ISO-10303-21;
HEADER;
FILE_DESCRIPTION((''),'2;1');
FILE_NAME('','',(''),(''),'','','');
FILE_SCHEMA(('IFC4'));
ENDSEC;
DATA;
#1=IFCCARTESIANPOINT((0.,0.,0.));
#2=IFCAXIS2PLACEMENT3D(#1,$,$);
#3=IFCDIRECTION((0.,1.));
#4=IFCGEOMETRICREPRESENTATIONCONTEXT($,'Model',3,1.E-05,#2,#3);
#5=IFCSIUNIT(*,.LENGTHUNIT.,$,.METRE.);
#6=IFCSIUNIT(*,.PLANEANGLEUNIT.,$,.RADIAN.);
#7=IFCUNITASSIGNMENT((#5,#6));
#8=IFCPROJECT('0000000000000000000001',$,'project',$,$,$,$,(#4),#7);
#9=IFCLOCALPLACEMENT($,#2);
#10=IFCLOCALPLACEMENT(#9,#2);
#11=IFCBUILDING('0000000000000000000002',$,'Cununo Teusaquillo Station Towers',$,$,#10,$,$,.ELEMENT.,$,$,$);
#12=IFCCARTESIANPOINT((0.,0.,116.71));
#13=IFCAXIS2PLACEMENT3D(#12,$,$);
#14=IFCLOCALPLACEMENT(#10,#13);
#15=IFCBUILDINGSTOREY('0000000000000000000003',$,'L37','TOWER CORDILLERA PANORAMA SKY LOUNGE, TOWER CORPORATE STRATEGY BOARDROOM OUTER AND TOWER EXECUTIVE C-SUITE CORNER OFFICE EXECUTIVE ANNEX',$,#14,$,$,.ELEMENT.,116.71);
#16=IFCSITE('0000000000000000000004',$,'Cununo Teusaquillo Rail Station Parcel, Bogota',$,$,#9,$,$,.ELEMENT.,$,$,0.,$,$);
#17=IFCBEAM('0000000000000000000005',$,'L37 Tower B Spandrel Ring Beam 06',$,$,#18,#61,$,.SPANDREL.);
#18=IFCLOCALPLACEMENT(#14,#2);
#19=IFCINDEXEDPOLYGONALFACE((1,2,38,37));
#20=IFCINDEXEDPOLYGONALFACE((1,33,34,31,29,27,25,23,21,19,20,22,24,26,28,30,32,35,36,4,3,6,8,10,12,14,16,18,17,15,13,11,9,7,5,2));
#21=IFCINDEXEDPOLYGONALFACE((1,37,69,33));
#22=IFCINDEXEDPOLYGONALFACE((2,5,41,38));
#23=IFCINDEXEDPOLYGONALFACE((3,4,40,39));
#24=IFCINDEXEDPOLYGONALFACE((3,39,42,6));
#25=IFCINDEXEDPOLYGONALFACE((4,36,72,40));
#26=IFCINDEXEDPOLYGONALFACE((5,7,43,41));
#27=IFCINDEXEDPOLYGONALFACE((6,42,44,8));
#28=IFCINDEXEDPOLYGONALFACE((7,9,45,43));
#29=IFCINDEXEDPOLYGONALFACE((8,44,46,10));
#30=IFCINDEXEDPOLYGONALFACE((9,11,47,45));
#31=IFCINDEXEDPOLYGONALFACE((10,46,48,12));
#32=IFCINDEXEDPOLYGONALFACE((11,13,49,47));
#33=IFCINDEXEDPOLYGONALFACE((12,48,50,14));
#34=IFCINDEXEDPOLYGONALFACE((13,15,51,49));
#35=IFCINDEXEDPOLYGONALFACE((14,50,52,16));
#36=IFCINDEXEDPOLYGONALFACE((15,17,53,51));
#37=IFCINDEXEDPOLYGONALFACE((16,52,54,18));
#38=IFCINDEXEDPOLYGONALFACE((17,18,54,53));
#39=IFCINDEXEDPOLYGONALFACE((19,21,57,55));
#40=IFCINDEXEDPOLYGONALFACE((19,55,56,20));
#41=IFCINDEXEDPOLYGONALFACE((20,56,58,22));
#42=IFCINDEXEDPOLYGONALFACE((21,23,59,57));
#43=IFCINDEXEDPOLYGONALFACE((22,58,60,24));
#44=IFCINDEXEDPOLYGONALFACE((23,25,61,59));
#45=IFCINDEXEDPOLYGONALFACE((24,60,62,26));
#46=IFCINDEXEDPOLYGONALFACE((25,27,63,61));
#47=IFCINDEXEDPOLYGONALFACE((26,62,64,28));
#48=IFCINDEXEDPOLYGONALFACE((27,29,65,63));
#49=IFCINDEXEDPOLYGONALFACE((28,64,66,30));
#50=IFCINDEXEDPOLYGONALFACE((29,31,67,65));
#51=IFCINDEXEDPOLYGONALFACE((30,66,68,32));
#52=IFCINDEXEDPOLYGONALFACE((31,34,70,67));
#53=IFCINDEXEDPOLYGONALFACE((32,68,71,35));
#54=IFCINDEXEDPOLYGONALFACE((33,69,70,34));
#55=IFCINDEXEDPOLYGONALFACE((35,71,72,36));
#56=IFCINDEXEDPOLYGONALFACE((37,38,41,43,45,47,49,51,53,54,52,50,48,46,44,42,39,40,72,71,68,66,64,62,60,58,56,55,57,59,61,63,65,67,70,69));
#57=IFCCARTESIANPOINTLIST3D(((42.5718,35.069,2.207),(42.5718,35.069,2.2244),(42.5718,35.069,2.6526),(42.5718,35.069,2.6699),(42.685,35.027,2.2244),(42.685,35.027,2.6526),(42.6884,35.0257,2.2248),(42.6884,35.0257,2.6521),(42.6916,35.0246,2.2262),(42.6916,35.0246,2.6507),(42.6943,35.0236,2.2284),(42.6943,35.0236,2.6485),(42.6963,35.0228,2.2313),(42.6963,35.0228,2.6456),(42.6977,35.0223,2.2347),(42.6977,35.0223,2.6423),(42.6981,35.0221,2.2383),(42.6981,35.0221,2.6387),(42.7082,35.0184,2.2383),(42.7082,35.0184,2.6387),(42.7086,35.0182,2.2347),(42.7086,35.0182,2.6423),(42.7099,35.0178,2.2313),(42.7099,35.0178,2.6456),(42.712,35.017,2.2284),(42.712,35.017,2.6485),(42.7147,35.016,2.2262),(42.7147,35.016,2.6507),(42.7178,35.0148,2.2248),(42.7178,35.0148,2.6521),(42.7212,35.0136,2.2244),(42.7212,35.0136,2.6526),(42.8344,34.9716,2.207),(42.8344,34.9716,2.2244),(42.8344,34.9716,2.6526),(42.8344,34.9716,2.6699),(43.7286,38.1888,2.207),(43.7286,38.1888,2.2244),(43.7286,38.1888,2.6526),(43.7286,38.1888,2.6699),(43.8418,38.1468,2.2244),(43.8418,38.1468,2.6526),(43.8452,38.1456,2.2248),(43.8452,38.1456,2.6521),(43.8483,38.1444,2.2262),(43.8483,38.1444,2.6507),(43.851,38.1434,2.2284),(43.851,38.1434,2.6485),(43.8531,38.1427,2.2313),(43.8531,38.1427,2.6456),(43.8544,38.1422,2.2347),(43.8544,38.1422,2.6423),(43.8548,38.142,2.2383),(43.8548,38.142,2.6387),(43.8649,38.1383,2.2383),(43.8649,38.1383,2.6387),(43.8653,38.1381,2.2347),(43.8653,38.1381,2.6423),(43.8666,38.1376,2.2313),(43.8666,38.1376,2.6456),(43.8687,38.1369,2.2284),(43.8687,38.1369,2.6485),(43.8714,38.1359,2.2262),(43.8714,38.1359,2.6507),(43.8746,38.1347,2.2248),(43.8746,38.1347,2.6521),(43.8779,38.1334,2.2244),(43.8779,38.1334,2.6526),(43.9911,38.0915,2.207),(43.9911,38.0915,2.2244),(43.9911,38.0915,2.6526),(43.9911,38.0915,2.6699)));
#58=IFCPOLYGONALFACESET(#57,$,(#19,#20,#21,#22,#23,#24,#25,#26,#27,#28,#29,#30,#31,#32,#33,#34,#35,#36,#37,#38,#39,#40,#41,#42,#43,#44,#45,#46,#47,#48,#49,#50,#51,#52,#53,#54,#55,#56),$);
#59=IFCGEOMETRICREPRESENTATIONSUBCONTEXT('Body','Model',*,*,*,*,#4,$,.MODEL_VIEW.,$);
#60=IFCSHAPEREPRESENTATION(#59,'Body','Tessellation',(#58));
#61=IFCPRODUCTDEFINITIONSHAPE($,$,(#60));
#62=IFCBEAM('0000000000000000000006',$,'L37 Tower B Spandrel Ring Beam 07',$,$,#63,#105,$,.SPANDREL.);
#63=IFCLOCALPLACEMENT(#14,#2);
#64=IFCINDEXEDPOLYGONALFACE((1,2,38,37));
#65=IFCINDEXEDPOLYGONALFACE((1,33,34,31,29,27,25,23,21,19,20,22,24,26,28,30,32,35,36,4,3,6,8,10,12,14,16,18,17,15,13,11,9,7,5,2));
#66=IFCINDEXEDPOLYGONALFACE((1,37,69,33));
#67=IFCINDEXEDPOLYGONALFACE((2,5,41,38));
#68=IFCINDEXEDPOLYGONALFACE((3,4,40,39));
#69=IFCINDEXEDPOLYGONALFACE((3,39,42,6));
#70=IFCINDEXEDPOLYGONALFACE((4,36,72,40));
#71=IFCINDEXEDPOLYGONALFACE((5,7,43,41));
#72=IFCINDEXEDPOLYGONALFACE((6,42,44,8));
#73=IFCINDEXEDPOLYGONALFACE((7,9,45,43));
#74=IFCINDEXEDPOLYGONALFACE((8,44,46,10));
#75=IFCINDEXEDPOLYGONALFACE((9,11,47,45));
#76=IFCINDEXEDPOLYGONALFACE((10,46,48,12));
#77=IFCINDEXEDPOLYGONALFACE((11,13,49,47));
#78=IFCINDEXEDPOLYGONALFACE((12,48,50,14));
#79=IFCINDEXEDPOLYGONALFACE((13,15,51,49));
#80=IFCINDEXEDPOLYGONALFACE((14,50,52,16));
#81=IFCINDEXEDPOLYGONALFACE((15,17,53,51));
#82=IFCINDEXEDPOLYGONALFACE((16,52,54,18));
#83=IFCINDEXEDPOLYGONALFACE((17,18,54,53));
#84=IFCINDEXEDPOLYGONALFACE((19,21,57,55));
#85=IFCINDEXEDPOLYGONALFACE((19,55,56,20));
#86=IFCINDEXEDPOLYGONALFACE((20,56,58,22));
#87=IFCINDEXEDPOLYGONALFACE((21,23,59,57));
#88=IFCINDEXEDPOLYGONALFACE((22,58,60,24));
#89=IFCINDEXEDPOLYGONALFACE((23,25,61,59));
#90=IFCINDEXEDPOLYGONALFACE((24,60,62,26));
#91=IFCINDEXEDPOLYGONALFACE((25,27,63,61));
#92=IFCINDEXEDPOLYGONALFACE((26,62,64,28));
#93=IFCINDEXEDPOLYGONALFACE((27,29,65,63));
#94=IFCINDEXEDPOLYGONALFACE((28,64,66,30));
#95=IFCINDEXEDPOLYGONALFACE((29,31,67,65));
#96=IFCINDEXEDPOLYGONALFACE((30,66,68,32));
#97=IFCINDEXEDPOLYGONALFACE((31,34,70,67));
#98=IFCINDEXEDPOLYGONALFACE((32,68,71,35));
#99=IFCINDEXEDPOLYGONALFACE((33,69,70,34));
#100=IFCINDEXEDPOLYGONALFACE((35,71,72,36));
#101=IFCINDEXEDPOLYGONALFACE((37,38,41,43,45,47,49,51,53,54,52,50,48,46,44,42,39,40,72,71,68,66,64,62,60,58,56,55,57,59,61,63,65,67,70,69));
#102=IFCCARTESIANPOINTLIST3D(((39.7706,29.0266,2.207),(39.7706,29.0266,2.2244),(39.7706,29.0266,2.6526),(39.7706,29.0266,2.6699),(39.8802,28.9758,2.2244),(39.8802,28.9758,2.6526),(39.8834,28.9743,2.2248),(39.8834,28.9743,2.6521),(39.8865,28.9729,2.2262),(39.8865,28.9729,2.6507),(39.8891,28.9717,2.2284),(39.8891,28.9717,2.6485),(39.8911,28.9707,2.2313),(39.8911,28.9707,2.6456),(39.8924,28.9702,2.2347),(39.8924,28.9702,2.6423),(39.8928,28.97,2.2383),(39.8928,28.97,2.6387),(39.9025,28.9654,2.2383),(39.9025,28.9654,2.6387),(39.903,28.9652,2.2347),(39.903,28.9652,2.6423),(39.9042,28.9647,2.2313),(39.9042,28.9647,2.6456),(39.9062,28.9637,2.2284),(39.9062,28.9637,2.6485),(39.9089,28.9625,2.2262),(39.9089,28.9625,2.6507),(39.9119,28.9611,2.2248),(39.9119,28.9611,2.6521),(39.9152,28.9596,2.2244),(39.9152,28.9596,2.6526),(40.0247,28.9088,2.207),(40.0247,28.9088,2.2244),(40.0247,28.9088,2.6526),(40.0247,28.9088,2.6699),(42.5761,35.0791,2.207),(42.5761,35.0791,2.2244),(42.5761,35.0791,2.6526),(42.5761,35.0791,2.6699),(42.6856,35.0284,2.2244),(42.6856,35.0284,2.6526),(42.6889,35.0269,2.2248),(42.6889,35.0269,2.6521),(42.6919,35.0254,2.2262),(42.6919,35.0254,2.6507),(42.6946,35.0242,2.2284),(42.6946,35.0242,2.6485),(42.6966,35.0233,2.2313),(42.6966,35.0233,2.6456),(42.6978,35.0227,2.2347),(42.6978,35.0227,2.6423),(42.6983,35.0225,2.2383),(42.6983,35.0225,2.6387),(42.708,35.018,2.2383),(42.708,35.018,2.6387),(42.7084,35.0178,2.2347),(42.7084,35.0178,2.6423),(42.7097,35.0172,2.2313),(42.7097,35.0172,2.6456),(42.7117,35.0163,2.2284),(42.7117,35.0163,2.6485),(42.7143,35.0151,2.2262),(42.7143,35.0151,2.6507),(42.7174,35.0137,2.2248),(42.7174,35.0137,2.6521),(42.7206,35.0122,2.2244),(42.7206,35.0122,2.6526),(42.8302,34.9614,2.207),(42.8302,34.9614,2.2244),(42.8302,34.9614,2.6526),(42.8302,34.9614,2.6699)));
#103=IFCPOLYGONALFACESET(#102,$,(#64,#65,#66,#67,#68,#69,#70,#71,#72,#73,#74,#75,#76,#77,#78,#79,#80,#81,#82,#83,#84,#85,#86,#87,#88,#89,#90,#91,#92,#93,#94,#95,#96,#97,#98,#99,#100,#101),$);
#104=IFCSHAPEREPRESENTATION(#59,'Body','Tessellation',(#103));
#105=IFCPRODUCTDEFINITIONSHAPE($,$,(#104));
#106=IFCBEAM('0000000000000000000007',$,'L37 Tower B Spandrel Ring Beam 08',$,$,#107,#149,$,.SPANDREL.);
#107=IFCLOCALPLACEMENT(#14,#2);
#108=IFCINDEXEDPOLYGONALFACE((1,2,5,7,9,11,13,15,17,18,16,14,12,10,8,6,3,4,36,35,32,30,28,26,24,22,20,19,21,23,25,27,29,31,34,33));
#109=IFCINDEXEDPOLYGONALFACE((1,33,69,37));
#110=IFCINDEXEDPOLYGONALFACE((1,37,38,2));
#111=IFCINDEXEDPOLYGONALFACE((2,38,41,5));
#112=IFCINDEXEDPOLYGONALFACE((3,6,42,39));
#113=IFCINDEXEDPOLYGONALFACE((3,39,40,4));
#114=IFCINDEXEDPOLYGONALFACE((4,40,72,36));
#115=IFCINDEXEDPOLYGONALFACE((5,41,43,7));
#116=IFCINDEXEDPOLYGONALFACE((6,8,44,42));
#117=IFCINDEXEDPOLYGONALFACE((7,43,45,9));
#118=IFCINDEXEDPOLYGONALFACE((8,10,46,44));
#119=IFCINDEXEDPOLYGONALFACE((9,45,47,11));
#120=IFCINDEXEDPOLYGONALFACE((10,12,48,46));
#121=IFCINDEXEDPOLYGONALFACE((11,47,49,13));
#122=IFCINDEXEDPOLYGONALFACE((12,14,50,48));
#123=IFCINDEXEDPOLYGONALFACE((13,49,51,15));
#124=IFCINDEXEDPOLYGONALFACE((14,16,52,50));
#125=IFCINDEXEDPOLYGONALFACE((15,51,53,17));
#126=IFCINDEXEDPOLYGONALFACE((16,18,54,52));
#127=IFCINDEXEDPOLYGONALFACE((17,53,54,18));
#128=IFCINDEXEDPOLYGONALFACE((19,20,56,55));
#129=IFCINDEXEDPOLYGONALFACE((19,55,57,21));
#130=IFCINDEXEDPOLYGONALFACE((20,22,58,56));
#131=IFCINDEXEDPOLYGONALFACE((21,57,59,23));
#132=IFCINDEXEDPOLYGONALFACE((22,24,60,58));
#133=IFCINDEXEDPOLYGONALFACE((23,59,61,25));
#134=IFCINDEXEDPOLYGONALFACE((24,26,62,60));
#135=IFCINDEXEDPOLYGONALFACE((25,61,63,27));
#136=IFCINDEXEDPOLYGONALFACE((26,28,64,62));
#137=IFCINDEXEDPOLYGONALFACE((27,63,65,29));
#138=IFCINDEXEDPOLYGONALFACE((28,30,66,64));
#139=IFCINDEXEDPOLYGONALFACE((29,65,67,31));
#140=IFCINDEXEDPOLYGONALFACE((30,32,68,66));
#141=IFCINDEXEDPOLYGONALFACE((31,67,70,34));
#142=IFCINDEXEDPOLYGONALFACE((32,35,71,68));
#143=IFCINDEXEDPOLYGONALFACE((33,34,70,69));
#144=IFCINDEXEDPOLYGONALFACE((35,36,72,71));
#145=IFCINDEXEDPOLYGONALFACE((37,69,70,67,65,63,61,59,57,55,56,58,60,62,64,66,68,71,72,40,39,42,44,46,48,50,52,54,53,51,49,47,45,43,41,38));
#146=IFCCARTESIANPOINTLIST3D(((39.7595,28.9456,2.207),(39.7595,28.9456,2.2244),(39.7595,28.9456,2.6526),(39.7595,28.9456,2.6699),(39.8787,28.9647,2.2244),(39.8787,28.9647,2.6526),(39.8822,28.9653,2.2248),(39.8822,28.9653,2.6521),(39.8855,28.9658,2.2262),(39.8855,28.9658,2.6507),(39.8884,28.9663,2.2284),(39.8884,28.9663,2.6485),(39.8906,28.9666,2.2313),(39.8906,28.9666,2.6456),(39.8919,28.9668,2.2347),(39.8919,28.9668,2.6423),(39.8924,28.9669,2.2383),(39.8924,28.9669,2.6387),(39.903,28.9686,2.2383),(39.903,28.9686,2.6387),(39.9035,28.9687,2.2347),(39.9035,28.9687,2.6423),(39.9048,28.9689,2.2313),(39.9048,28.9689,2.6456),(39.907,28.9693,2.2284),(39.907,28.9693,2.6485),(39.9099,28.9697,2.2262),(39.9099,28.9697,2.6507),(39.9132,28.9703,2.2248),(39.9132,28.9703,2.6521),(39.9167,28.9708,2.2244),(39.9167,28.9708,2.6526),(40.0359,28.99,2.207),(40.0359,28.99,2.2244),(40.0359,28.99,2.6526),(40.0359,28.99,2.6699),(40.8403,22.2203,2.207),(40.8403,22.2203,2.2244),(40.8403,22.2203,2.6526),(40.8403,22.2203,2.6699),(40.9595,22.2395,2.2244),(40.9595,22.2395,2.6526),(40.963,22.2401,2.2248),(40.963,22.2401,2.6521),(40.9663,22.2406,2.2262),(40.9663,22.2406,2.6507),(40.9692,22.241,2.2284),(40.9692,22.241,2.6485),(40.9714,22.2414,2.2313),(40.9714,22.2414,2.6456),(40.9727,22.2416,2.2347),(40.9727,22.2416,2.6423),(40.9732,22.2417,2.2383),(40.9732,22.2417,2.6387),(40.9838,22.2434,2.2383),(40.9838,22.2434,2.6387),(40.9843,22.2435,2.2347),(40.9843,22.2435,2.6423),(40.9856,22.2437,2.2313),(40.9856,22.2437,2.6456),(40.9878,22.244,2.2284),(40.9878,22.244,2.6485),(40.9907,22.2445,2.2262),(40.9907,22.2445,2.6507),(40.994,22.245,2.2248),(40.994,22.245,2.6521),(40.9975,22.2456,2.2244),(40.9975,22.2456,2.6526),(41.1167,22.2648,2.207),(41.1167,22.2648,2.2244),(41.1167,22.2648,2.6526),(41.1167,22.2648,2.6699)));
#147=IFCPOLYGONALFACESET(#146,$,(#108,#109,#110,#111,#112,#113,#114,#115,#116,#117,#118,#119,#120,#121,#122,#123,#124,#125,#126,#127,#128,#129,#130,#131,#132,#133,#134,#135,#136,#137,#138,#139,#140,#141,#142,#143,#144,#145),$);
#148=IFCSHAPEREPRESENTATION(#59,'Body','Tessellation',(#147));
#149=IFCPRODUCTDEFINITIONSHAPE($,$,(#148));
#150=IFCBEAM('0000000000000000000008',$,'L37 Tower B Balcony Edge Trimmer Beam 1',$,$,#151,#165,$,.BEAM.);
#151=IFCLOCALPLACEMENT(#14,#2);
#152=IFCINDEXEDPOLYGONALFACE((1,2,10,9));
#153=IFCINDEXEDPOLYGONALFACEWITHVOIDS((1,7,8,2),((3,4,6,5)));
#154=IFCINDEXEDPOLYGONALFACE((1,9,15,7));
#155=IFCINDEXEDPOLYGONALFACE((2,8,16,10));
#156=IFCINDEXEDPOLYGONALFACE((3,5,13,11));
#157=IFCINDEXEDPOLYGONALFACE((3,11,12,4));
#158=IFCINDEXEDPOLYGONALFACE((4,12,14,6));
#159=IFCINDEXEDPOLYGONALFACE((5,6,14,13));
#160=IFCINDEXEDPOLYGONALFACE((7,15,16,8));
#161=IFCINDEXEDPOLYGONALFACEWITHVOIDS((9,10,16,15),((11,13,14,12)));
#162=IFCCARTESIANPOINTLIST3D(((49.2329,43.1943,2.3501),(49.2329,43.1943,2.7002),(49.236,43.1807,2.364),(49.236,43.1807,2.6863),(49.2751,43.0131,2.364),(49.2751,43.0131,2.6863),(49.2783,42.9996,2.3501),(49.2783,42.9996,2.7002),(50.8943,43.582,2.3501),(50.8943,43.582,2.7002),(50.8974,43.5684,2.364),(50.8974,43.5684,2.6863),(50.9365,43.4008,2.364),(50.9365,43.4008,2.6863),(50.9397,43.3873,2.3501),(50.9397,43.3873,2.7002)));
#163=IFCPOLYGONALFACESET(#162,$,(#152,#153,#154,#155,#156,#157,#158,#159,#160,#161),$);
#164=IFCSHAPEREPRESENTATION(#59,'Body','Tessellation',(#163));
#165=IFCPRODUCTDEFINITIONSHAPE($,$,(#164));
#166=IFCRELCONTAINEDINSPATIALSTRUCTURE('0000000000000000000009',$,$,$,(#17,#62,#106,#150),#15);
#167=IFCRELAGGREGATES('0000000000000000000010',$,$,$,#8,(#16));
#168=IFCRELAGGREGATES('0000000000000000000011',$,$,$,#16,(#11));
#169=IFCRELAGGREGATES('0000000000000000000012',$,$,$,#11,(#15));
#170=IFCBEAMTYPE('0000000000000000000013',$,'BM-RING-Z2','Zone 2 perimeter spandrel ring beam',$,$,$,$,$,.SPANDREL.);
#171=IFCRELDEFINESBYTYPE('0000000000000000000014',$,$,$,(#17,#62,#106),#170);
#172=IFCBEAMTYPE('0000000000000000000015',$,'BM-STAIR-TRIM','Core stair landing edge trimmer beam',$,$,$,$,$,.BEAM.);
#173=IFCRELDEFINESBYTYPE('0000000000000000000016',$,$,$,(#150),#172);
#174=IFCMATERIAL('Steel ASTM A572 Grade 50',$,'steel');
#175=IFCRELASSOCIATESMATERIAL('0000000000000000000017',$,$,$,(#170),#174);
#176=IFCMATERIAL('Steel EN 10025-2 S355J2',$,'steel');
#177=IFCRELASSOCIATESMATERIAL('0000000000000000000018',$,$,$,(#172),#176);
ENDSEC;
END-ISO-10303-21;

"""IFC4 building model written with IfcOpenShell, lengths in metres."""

from ifc_helpers import new_model, si_unit, direction, frame, origin, origin_2d, place, context, subcontext, project, spatial, hollow_rectangle, i_section, extrude, material, material_profile, profile_set, type_object, element, save


model = new_model("IFC4")

# Units and contexts
model_context = context("Model", 3, precision=1e-05, world=origin(), true_north=direction((0.0, 1.0)))
body_context = subcontext(model_context, "Body", "Model", "MODEL_VIEW")
ifc_project = project(units=[si_unit("LENGTHUNIT", "METRE"), si_unit("PLANEANGLEUNIT", "RADIAN")], contexts=[model_context])

# Site, building, storey
site_placement = place(None, origin())
site = spatial("IfcSite", under=ifc_project, at=site_placement, Name="Cununo Teusaquillo Rail Station Parcel, Bogota", CompositionType="ELEMENT", RefElevation=0.0)
building_placement = place(site_placement, origin())
building = spatial("IfcBuilding", under=site, at=building_placement, Name="Cununo Teusaquillo Station Towers", CompositionType="ELEMENT")
storey_placement = place(building_placement, frame((0.0, 0.0, 116.71)))
storey = spatial("IfcBuildingStorey", under=building, at=storey_placement, Name="L37", Description="TOWER CORDILLERA PANORAMA SKY LOUNGE, TOWER CORPORATE STRATEGY BOARDROOM OUTER AND TOWER EXECUTIVE C-SUITE CORNER OFFICE EXECUTIVE ANNEX", CompositionType="ELEMENT", Elevation=116.71)

# Beams
ifc_material_1 = material(Name="Steel ASTM A572 Grade 50", Category="steel")
ifc_material_profile_1 = material_profile(ifc_material_1, i_section(OverallWidth=0.28, OverallDepth=0.4629, WebThickness=0.0107, FlangeThickness=0.0173, FilletRadius=0.0139, at=origin_2d()), Name="W18X76")
ifc_profile_set_1 = profile_set([ifc_material_profile_1], Name="Steel ASTM A572 Grade 50")
beam_type_1 = type_object("IfcBeamType", Name="BM-RING-Z2", Description="Zone 2 perimeter spandrel ring beam", PredefinedType="SPANDREL", material=ifc_profile_set_1)
for number, where, z_axis, x_axis, name in (
    (1, (43.8599, 38.1401, 2.4385), (-0.347639, -0.937628, 0.0), (0.937628, -0.347639, 0.0), "L37 Tower B Spandrel Ring Beam 06"),
):
    element("IfcBeam", number, at=place(storey_placement, frame(where, z_axis=z_axis, x_axis=x_axis)), inside=storey, type_object=beam_type_1, Name=name, PredefinedType="SPANDREL", context=body_context, shape_type="SweptSolid", body=[
        extrude(i_section(OverallWidth=0.28, OverallDepth=0.4629, WebThickness=0.0107, FlangeThickness=0.0173, FilletRadius=0.0139, at=origin_2d()), origin(), (0.0, 0.0, 1.0), 3.3274),
    ])
beam_1_placement = place(storey_placement, frame((42.7031, 35.0203, 2.4385), z_axis=(-0.420536, -0.907276, 0.0), x_axis=(0.907276, -0.420536, 0.0)))
element("IfcBeam", 2, at=beam_1_placement, inside=storey, type_object=beam_type_1, Name="L37 Tower B Spandrel Ring Beam 07", PredefinedType="SPANDREL", context=body_context, shape_type="SweptSolid", body=[
    extrude(i_section(OverallWidth=0.28, OverallDepth=0.4629, WebThickness=0.0107, FlangeThickness=0.0173, FilletRadius=0.0139, at=origin_2d()), origin(), (0.0, 0.0, 1.0), 6.6711),
])
beam_2_placement = place(storey_placement, frame((39.8977, 28.9678, 2.4385), z_axis=(0.158671, -0.987331, 0.0), x_axis=(0.987331, 0.158671, 0.0)))
element("IfcBeam", 3, at=beam_2_placement, inside=storey, type_object=beam_type_1, Name="L37 Tower B Spandrel Ring Beam 08", PredefinedType="SPANDREL", context=body_context, shape_type="SweptSolid", body=[
    extrude(i_section(OverallWidth=0.28, OverallDepth=0.4629, WebThickness=0.0107, FlangeThickness=0.0173, FilletRadius=0.0139, at=origin_2d()), origin(), (0.0, 0.0, 1.0), 6.8115),
])
ifc_material_2 = material(Name="Steel EN 10025-2 S355J2", Category="steel")
ifc_material_profile_2 = material_profile(ifc_material_2, hollow_rectangle(XDim=0.2, YDim=0.3501, WallThickness=0.0139, at=origin_2d()), Name="RHS 350x200x14")
ifc_profile_set_2 = profile_set([ifc_material_profile_2], Name="Steel EN 10025-2 S355J2")
beam_type_2 = type_object("IfcBeamType", Name="BM-STAIR-TRIM", Description="Core stair landing edge trimmer beam", PredefinedType="BEAM", material=ifc_profile_set_2)
beam_3_placement = place(storey_placement, frame((50.917, 43.4846, 2.5251), z_axis=(-0.973836, -0.227252, 0.0), x_axis=(0.227252, -0.973836, 0.0)))
element("IfcBeam", 4, at=beam_3_placement, inside=storey, type_object=beam_type_2, Name="L37 Tower B Balcony Edge Trimmer Beam 1", PredefinedType="BEAM", context=body_context, shape_type="SweptSolid", body=[
    extrude(hollow_rectangle(XDim=0.2, YDim=0.3501, WallThickness=0.0139, at=origin_2d()), origin(), (0.0, 0.0, 1.0), 1.7061),
])

save(model, "model.ifc")
